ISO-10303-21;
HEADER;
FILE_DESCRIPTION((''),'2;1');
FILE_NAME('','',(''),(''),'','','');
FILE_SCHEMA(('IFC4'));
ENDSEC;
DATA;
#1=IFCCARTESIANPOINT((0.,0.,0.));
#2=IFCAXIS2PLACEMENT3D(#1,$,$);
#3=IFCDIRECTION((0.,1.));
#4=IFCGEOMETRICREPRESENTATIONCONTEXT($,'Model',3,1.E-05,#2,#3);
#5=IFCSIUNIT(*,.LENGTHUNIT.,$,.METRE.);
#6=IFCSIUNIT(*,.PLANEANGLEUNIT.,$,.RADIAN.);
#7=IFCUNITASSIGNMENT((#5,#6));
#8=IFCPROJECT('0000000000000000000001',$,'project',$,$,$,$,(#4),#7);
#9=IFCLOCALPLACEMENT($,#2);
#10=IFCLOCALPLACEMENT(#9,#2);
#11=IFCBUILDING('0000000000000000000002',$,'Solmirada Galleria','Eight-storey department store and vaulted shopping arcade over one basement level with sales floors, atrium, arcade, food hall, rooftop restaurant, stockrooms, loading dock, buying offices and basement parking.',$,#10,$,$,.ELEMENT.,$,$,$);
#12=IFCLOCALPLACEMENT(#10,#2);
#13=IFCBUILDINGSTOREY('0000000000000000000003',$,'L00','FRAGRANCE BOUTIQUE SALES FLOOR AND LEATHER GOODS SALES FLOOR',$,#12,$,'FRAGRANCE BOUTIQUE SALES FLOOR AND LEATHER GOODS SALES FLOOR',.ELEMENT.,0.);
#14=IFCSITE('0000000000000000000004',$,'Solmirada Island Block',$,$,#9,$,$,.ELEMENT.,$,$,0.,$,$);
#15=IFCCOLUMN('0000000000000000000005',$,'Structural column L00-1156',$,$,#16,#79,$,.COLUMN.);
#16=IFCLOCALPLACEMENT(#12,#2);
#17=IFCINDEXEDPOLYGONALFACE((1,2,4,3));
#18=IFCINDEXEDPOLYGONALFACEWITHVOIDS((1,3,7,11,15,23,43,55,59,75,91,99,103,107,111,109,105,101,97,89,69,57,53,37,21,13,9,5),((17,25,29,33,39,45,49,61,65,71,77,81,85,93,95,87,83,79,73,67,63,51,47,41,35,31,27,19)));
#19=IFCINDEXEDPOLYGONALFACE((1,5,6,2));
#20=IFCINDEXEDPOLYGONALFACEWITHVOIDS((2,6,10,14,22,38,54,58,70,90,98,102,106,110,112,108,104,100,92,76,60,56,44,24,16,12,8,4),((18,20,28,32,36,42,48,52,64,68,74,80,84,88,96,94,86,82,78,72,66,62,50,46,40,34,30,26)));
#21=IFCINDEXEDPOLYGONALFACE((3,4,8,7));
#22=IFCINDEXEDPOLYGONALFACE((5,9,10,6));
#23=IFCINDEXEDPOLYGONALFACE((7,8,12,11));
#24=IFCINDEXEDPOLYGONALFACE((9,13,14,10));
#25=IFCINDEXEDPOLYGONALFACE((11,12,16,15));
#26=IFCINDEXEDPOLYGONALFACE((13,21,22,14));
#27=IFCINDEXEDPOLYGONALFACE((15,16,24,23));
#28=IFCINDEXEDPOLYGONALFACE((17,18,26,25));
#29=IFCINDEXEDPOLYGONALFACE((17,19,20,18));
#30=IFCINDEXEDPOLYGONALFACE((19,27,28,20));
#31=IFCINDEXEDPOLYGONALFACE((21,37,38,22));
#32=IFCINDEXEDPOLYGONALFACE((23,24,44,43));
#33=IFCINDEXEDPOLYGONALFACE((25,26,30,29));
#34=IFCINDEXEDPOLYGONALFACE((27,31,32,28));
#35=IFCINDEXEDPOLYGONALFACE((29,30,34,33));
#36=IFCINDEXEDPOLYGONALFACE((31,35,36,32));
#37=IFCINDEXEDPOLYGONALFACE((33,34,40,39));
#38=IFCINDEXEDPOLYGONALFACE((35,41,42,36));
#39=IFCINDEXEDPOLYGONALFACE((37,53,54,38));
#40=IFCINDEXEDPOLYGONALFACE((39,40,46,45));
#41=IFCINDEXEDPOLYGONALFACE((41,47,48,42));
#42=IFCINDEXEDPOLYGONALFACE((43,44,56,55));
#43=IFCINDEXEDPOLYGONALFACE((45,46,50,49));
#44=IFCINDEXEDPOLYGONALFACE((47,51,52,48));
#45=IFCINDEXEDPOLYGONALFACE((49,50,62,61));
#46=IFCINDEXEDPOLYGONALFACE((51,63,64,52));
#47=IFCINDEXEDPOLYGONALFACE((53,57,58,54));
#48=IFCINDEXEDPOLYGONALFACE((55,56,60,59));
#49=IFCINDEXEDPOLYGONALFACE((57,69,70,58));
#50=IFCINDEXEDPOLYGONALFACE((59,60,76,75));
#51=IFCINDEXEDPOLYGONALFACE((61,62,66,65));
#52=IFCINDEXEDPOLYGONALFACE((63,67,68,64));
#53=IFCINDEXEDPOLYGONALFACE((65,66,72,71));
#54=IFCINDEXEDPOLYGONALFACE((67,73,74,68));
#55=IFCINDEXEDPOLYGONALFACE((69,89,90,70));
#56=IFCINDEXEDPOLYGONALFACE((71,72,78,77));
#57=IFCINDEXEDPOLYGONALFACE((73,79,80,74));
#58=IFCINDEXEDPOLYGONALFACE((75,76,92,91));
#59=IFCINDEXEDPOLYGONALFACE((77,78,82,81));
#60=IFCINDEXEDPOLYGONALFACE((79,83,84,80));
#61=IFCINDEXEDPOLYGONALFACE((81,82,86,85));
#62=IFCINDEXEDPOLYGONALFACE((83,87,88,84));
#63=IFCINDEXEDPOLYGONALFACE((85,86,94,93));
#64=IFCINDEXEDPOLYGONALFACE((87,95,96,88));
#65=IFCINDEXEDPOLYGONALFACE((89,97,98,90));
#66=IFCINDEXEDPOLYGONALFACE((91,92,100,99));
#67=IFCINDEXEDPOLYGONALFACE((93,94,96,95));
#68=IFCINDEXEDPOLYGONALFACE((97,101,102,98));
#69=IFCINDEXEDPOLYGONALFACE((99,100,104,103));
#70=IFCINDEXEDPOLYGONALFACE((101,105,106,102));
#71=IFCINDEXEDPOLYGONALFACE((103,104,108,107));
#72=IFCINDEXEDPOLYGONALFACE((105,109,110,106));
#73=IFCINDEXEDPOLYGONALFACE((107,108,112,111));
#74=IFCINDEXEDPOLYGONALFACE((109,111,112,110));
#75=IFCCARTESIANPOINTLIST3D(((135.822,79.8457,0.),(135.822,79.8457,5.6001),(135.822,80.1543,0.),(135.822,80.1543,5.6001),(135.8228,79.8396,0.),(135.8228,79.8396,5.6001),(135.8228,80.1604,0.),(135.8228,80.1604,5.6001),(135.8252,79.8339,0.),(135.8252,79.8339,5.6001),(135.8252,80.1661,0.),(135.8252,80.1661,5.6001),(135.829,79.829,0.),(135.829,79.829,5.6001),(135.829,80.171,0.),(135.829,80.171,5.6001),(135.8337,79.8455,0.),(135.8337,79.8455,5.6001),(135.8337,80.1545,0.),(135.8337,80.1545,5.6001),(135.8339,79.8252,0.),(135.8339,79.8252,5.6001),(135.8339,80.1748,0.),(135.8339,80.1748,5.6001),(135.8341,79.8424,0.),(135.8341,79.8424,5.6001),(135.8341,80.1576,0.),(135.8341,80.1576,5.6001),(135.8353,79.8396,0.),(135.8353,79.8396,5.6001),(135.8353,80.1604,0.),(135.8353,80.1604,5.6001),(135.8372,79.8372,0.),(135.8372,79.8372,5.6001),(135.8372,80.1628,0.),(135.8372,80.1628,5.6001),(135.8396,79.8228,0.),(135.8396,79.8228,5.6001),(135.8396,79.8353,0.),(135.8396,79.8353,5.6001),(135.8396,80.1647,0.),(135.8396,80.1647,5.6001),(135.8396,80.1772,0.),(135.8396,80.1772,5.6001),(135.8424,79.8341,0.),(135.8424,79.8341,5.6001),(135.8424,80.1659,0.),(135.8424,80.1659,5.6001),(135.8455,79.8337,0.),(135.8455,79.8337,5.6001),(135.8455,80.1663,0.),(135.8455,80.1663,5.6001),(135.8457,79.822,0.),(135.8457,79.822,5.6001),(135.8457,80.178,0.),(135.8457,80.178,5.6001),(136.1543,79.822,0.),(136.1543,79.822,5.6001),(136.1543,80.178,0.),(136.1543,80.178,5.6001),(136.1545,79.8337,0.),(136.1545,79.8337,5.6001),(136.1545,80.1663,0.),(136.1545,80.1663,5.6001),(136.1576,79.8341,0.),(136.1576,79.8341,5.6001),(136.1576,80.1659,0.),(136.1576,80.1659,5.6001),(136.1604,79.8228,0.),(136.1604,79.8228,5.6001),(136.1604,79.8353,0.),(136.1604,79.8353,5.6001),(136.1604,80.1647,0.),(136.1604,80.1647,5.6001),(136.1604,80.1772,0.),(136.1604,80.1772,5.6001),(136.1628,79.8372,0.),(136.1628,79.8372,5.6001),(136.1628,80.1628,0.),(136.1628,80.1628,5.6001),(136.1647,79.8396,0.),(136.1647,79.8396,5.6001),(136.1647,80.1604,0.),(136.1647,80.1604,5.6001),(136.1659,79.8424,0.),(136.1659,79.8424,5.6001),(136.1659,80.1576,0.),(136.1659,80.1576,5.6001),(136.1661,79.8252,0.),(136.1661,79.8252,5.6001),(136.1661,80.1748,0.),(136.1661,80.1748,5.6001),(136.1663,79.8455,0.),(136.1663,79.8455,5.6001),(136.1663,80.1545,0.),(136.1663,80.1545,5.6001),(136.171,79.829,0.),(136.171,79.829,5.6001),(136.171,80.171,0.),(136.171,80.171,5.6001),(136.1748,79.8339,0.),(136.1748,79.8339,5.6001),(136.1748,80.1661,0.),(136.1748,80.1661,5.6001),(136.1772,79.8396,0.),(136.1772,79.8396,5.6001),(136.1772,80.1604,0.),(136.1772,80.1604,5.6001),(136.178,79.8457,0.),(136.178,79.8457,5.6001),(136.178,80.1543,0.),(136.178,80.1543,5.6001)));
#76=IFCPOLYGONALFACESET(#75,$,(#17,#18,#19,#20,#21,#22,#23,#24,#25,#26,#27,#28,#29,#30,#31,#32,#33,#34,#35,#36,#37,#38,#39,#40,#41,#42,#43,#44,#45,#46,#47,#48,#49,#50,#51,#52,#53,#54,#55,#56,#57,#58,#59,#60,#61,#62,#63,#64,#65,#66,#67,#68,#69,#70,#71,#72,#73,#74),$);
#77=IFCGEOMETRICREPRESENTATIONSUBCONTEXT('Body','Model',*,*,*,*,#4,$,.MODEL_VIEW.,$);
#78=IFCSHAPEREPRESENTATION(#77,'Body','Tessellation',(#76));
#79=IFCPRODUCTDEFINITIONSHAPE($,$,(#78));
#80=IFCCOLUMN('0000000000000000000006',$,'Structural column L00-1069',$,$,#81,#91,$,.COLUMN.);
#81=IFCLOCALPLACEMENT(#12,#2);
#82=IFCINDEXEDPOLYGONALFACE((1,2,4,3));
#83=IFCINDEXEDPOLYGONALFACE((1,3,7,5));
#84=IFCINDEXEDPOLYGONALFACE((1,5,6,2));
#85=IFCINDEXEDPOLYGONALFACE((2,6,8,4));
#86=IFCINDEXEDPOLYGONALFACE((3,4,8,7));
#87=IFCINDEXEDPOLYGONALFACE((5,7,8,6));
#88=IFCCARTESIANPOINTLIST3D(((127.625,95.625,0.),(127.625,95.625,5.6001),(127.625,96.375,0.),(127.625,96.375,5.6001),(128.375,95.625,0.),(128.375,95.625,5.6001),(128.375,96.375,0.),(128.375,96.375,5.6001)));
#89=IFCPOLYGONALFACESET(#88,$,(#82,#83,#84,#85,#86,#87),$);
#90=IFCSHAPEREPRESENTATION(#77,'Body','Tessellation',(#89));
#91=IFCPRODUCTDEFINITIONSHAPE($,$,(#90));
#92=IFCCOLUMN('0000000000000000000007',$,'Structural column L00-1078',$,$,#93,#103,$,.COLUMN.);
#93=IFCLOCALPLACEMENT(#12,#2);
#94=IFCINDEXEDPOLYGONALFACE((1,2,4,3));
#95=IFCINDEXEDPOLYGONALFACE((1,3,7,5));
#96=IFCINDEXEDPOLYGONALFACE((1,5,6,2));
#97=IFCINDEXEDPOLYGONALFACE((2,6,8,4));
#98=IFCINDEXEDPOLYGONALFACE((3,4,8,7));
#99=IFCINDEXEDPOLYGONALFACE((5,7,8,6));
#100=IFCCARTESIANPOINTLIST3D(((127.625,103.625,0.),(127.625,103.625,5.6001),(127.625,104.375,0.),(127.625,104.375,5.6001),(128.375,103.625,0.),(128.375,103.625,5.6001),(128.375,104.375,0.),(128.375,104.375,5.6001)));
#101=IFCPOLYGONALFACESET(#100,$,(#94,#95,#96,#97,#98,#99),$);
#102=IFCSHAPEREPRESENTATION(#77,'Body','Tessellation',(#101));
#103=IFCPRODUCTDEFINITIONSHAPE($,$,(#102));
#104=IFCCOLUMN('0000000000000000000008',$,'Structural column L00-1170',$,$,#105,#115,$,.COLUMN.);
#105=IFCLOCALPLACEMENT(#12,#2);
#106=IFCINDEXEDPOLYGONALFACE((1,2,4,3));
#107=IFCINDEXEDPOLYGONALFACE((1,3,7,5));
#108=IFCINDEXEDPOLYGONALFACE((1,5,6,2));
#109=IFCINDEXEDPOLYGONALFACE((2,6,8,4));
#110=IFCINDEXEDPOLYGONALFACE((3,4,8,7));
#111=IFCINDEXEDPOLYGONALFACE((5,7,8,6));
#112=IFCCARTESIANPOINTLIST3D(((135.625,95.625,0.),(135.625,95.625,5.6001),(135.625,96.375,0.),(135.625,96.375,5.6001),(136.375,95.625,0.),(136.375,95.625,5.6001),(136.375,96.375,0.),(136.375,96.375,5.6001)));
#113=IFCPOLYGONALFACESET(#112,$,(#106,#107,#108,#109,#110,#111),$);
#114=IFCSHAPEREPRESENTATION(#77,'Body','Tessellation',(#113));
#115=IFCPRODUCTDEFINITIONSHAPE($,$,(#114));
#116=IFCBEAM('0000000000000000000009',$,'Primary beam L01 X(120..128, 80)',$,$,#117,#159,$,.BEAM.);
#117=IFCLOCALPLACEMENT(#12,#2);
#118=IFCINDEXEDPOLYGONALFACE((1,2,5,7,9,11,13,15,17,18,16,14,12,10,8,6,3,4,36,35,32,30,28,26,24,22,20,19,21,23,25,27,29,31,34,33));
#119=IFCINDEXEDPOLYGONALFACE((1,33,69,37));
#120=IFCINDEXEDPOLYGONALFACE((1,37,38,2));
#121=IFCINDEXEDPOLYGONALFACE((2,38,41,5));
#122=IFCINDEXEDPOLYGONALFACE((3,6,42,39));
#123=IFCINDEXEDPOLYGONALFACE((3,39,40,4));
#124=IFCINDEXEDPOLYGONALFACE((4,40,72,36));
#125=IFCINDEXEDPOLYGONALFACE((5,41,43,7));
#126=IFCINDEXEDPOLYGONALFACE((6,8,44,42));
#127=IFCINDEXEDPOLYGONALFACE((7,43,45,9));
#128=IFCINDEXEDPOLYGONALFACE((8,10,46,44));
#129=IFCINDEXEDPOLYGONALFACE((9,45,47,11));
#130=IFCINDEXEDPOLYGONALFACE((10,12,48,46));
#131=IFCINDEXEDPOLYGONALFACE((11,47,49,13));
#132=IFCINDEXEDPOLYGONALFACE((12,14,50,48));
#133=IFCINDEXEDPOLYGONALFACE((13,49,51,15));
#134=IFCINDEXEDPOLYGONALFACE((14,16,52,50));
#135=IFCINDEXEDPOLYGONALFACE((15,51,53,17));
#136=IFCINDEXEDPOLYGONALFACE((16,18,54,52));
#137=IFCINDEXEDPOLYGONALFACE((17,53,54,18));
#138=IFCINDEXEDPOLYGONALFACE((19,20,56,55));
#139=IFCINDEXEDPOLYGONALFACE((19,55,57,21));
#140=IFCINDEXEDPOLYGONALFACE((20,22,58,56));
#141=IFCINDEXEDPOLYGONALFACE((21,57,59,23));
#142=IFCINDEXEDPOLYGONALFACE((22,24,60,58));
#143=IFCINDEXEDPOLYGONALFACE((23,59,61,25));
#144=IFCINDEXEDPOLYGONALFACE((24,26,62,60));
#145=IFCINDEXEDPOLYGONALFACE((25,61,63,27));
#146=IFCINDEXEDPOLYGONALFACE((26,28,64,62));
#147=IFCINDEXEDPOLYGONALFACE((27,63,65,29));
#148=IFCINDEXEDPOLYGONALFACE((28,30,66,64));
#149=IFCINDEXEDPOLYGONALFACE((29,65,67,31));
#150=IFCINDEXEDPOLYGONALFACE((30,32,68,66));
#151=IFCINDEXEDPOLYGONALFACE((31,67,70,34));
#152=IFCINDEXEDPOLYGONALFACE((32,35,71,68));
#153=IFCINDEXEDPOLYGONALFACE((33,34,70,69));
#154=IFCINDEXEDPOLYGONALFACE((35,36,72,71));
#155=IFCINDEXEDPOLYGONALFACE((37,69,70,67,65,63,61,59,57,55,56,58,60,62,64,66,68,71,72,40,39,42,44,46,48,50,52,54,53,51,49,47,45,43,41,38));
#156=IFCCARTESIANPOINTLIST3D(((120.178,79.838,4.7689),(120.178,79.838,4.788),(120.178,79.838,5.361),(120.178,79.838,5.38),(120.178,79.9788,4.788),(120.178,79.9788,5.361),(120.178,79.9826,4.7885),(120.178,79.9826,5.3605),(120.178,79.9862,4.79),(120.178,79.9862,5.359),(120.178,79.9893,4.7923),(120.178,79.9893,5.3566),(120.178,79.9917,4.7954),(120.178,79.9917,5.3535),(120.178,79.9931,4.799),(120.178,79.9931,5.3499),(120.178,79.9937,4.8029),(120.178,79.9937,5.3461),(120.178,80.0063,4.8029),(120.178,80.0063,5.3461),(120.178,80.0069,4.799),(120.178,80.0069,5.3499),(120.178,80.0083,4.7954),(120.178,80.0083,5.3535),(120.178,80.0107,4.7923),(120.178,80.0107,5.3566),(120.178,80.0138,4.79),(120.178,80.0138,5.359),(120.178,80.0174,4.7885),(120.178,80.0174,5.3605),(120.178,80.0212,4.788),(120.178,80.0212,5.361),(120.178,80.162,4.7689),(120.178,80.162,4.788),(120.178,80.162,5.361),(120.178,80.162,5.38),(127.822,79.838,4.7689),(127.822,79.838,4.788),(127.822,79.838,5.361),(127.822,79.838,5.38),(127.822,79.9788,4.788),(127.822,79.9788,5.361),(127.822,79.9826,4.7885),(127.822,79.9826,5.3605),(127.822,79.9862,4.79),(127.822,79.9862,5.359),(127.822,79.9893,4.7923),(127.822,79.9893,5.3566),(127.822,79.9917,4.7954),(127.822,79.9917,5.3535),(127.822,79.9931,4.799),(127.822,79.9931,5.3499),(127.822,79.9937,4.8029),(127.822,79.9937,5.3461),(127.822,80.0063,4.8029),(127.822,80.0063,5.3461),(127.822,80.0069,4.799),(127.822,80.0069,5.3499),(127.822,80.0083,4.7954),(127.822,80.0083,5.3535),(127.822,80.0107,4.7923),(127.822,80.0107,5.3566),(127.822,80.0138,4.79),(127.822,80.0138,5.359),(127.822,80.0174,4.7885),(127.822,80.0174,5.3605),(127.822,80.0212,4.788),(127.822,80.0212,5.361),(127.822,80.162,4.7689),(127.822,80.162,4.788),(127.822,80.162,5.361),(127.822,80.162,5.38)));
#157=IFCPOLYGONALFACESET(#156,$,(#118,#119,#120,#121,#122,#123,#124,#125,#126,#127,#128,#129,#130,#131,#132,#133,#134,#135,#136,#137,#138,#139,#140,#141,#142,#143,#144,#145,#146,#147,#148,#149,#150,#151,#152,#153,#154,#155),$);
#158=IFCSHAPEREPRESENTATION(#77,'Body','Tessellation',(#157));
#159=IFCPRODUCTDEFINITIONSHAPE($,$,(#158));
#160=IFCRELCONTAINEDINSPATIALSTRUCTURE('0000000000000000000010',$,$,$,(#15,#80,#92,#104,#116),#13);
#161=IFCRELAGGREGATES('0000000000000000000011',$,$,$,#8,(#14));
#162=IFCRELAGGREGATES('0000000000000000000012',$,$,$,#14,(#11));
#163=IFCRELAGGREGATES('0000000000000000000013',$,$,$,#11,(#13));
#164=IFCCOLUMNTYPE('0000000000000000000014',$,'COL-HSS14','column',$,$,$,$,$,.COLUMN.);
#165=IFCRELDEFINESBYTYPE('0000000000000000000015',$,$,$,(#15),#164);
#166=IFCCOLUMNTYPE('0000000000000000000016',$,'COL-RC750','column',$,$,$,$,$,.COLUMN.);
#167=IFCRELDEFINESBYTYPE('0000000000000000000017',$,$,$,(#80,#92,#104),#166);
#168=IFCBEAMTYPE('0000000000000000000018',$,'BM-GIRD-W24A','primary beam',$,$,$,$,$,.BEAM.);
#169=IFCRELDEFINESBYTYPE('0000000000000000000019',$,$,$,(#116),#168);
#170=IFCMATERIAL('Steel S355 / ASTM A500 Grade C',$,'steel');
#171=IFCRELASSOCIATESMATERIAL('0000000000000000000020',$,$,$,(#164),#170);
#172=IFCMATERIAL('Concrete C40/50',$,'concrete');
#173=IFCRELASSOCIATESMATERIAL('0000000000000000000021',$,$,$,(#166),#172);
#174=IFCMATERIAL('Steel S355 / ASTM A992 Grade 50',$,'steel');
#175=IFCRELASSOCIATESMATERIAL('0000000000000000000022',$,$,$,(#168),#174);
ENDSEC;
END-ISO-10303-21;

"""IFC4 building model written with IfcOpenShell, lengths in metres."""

from ifc_helpers import new_model, si_unit, direction, frame, origin, origin_2d, place, context, subcontext, project, spatial, rectangle, hollow_rectangle, i_section, extrude, material, material_profile, profile_set, type_object, element, save


model = new_model("IFC4")

# Units and contexts
model_context = context("Model", 3, precision=1e-05, world=origin(), true_north=direction((0.0, 1.0)))
body_context = subcontext(model_context, "Body", "Model", "MODEL_VIEW")
ifc_project = project(units=[si_unit("LENGTHUNIT", "METRE"), si_unit("PLANEANGLEUNIT", "RADIAN")], contexts=[model_context])

# Site, building, storey
site_placement = place(None, origin())
site = spatial("IfcSite", under=ifc_project, at=site_placement, Name="Solmirada Island Block", CompositionType="ELEMENT", RefElevation=0.0)
building_placement = place(site_placement, origin())
building = spatial("IfcBuilding", under=site, at=building_placement, Name="Solmirada Galleria", Description="Eight-storey department store and vaulted shopping arcade over one basement level with sales floors, atrium, arcade, food hall, rooftop restaurant, stockrooms, loading dock, buying offices and basement parking.", CompositionType="ELEMENT")
storey_placement = place(building_placement, origin())
storey = spatial("IfcBuildingStorey", under=building, at=storey_placement, Name="L00", Description="FRAGRANCE BOUTIQUE SALES FLOOR AND LEATHER GOODS SALES FLOOR", LongName="FRAGRANCE BOUTIQUE SALES FLOOR AND LEATHER GOODS SALES FLOOR", CompositionType="ELEMENT", Elevation=0.0)

# Columns
ifc_material_1 = material(Name="Steel S355 / ASTM A500 Grade C", Category="steel")
ifc_material_profile_1 = material_profile(ifc_material_1, hollow_rectangle(XDim=0.356, YDim=0.356, WallThickness=0.0117, InnerFilletRadius=0.0117, OuterFilletRadius=0.0237, at=origin_2d()), Name="HSS14X14X1/2")
ifc_profile_set_1 = profile_set([ifc_material_profile_1], Name="Steel S355 / ASTM A500 Grade C")
column_type_1 = type_object("IfcColumnType", Name="COL-HSS14", Description="column", PredefinedType="COLUMN", material=ifc_profile_set_1)
for number, where, z_axis, x_axis, name in (
    (1, (136.0, 80.0, 0.0), (0.0, 0.0, 1.0), (1.0, 0.0, 0.0), "Structural column L00-1156"),
):
    element("IfcColumn", number, at=place(storey_placement, frame(where, z_axis=z_axis, x_axis=x_axis)), inside=storey, type_object=column_type_1, Name=name, PredefinedType="COLUMN", context=body_context, shape_type="SweptSolid", body=[
        extrude(hollow_rectangle(XDim=0.356, YDim=0.356, WallThickness=0.0117, InnerFilletRadius=0.0117, OuterFilletRadius=0.0237, at=origin_2d()), origin(), (0.0, 0.0, 1.0), 5.6001),
    ])
ifc_material_2 = material(Name="Concrete C40/50", Category="concrete")
ifc_material_profile_2 = material_profile(ifc_material_2, rectangle(XDim=0.75, YDim=0.75, at=origin_2d()), Name="RC750X750")
ifc_profile_set_2 = profile_set([ifc_material_profile_2], Name="Concrete C40/50")
column_type_2 = type_object("IfcColumnType", Name="COL-RC750", Description="column", PredefinedType="COLUMN", material=ifc_profile_set_2)
for number, where, z_axis, x_axis, name in (
    (2, (128.0, 96.0, 0.0), (0.0, 0.0, 1.0), (1.0, 0.0, 0.0), "Structural column L00-1069"),
    (3, (128.0, 104.0, 0.0), (0.0, 0.0, 1.0), (1.0, 0.0, 0.0), "Structural column L00-1078"),
    (4, (136.0, 96.0, 0.0), (0.0, 0.0, 1.0), (1.0, 0.0, 0.0), "Structural column L00-1170"),
):
    element("IfcColumn", number, at=place(storey_placement, frame(where, z_axis=z_axis, x_axis=x_axis)), inside=storey, type_object=column_type_2, Name=name, PredefinedType="COLUMN", context=body_context, shape_type="SweptSolid", body=[
        extrude(rectangle(XDim=0.75, YDim=0.75, at=origin_2d()), origin(), (0.0, 0.0, 1.0), 5.6001),
    ])

# Beam
ifc_material_3 = material(Name="Steel S355 / ASTM A992 Grade 50", Category="steel")
ifc_material_profile_3 = material_profile(ifc_material_3, i_section(OverallWidth=0.324, OverallDepth=0.6111, WebThickness=0.0127, FlangeThickness=0.019, FilletRadius=0.0149, at=origin_2d()), Name="W24X104")
ifc_profile_set_3 = profile_set([ifc_material_profile_3], Name="Steel S355 / ASTM A992 Grade 50")
beam_type_1 = type_object("IfcBeamType", Name="BM-GIRD-W24A", Description="primary beam", PredefinedType="BEAM", material=ifc_profile_set_3)
beam_1_placement = place(storey_placement, frame((120.178, 80.0, 5.0745), z_axis=(1.0, 0.0, 0.0), x_axis=(0.0, 1.0, 0.0)))
element("IfcBeam", 5, at=beam_1_placement, inside=storey, type_object=beam_type_1, Name="Primary beam L01 X(120..128, 80)", PredefinedType="BEAM", context=body_context, shape_type="SweptSolid", body=[
    extrude(i_section(OverallWidth=0.324, OverallDepth=0.6111, WebThickness=0.0127, FlangeThickness=0.019, FilletRadius=0.0149, at=origin_2d()), origin(), (0.0, 0.0, 1.0), 7.644),
])

save(model, "model.ifc")
